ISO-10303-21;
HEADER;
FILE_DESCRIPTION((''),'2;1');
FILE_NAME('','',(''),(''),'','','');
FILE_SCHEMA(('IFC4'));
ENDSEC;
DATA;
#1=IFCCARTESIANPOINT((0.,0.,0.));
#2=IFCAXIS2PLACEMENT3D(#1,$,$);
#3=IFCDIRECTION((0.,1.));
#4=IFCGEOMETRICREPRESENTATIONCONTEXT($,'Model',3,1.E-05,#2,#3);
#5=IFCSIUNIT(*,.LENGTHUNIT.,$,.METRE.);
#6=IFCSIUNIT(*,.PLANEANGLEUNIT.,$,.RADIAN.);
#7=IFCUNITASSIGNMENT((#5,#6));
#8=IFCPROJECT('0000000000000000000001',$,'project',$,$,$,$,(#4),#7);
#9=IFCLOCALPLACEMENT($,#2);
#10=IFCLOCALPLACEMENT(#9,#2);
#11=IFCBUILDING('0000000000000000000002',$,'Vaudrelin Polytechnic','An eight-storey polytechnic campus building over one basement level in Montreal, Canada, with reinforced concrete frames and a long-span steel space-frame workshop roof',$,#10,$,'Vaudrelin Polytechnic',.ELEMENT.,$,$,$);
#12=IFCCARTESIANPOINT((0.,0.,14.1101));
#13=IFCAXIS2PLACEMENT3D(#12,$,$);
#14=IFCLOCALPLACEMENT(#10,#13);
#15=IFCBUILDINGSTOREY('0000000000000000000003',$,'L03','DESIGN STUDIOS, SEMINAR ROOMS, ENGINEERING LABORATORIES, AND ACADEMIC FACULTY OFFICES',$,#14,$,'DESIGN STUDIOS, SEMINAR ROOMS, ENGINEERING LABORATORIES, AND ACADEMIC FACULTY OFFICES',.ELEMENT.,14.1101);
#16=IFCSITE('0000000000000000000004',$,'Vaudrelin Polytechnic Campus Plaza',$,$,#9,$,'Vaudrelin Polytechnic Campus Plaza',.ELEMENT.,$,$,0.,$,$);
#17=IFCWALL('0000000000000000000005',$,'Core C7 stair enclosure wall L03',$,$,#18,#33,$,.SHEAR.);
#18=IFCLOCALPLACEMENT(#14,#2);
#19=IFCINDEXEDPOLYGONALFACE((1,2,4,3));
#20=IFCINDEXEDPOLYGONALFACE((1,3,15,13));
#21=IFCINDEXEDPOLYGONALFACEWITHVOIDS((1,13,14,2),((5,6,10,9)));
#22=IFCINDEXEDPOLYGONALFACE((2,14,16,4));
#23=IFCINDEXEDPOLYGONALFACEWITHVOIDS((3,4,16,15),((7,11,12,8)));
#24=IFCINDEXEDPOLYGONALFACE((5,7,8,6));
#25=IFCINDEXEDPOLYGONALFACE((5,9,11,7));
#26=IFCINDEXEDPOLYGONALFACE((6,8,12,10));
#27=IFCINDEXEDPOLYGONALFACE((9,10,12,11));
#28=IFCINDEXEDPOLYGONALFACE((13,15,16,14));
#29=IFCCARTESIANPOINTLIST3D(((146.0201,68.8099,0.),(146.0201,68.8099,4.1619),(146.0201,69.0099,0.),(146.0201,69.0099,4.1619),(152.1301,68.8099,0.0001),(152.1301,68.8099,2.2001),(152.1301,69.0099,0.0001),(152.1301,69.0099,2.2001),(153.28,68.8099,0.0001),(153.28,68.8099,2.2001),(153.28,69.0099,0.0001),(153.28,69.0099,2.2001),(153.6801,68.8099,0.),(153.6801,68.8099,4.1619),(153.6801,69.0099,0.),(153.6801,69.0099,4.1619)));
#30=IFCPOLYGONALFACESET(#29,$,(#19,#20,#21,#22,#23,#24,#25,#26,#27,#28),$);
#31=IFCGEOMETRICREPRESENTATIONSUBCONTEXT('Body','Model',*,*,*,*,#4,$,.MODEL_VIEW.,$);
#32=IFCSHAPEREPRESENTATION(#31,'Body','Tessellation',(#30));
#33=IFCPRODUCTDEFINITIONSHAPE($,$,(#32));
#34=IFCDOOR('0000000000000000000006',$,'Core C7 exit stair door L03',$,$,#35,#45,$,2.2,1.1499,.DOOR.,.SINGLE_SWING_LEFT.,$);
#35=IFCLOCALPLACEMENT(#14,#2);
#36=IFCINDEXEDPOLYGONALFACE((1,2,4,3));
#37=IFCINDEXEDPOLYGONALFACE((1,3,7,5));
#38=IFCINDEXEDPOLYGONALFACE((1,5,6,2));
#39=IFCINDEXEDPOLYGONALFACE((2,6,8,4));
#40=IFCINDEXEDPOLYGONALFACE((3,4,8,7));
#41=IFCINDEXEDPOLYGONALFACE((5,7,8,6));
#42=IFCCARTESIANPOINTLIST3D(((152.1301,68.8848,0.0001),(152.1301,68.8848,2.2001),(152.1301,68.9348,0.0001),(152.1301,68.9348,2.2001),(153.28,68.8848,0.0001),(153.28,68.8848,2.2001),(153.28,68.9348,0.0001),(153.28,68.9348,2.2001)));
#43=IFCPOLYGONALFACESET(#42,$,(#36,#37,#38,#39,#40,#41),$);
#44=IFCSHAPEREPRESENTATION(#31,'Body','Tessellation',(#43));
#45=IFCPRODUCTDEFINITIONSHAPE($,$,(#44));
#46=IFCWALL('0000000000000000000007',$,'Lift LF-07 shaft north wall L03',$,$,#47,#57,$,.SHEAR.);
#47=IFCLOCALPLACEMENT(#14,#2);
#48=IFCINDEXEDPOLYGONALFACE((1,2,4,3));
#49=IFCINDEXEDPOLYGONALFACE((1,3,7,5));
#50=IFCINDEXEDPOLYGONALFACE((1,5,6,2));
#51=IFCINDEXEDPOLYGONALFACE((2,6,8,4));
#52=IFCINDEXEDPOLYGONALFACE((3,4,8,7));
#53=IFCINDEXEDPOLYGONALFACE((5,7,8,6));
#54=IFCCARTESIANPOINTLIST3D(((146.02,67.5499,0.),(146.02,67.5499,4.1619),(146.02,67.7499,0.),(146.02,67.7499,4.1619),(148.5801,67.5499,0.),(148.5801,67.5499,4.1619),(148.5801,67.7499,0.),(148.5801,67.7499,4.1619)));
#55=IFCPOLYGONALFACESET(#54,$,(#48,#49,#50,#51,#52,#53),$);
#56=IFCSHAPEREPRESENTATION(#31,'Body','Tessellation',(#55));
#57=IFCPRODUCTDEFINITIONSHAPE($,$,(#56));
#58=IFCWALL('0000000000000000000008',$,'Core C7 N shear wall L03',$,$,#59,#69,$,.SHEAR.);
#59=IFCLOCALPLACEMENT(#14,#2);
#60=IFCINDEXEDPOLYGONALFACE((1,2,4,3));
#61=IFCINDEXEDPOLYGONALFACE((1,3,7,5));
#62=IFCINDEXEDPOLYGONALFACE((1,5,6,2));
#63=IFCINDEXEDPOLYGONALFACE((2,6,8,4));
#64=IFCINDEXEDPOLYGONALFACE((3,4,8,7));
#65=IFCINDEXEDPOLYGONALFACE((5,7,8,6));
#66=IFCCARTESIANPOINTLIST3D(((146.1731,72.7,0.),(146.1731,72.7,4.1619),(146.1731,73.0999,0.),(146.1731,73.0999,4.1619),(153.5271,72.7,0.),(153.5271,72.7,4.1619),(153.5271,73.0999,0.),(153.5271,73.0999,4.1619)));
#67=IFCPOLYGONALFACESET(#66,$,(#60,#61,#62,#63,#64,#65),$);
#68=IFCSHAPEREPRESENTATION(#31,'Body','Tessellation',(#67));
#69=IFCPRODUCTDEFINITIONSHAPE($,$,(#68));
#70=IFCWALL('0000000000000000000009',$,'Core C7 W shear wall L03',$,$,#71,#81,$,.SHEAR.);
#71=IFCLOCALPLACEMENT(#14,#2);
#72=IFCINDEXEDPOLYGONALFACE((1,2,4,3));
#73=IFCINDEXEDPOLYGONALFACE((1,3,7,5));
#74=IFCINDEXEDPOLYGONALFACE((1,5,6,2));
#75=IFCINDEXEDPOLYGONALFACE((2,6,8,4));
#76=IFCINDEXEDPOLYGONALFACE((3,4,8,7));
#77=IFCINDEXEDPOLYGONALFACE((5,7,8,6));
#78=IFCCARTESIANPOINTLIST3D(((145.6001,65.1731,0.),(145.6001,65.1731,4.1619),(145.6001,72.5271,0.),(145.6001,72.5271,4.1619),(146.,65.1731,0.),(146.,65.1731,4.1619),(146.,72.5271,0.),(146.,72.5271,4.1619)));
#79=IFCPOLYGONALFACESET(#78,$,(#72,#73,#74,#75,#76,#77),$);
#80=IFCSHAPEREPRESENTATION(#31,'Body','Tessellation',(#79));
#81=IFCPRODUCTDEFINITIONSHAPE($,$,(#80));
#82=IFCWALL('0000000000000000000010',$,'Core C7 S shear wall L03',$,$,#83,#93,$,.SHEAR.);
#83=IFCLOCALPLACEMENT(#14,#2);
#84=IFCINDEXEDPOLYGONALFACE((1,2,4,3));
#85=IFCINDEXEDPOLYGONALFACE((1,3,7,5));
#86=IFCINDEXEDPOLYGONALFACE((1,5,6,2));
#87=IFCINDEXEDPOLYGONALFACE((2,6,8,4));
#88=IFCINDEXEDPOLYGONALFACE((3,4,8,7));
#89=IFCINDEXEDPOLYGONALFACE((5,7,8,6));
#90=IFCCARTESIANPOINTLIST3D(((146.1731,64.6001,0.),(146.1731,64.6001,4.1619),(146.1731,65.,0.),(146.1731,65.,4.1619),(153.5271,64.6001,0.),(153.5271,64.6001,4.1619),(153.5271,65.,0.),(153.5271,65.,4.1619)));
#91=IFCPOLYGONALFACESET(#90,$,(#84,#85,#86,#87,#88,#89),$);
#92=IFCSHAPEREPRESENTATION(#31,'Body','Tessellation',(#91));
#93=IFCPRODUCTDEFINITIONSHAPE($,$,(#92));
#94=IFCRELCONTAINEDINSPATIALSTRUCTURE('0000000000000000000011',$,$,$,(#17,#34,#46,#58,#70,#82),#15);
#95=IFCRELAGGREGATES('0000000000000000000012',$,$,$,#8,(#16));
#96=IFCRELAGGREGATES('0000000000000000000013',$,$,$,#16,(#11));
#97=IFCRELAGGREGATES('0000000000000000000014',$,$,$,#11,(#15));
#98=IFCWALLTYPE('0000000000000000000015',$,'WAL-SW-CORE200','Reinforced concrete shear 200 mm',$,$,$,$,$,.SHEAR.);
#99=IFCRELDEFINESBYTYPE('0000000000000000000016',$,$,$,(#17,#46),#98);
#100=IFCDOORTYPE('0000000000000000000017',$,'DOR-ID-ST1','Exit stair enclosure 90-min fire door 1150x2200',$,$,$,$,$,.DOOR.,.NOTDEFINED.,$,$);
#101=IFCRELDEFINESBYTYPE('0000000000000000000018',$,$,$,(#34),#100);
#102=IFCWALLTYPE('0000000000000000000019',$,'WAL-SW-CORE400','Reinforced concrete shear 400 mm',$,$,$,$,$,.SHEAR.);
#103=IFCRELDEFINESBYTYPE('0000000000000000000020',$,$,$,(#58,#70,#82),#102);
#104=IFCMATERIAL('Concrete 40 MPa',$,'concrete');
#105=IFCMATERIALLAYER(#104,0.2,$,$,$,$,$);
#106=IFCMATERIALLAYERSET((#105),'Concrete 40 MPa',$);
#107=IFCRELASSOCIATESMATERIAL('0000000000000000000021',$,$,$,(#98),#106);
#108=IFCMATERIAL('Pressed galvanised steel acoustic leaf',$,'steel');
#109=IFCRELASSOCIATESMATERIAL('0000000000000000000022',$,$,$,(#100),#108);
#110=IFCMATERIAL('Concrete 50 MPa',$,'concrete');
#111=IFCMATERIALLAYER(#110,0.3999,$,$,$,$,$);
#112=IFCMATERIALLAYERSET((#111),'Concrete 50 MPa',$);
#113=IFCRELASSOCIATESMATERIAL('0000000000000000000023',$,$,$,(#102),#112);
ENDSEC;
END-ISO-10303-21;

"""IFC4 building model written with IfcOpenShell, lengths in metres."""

from ifc_helpers import new_model, si_unit, direction, frame, frame_2d, origin, place, context, subcontext, project, spatial, rectangle, extrude, material, layer, layer_set, type_object, element, fill, save


model = new_model("IFC4")

# Units and contexts
model_context = context("Model", 3, precision=1e-05, world=origin(), true_north=direction((0.0, 1.0)))
body_context = subcontext(model_context, "Body", "Model", "MODEL_VIEW")
ifc_project = project(units=[si_unit("LENGTHUNIT", "METRE"), si_unit("PLANEANGLEUNIT", "RADIAN")], contexts=[model_context])

# Site, building, storey
site_placement = place(None, origin())
site = spatial("IfcSite", under=ifc_project, at=site_placement, Name="Vaudrelin Polytechnic Campus Plaza", LongName="Vaudrelin Polytechnic Campus Plaza", CompositionType="ELEMENT", RefElevation=0.0)
building_placement = place(site_placement, origin())
building = spatial("IfcBuilding", under=site, at=building_placement, Name="Vaudrelin Polytechnic", Description="An eight-storey polytechnic campus building over one basement level in Montreal, Canada, with reinforced concrete frames and a long-span steel space-frame workshop roof", LongName="Vaudrelin Polytechnic", CompositionType="ELEMENT")
storey_placement = place(building_placement, frame((0.0, 0.0, 14.1101)))
storey = spatial("IfcBuildingStorey", under=building, at=storey_placement, Name="L03", Description="DESIGN STUDIOS, SEMINAR ROOMS, ENGINEERING LABORATORIES, AND ACADEMIC FACULTY OFFICES", LongName="DESIGN STUDIOS, SEMINAR ROOMS, ENGINEERING LABORATORIES, AND ACADEMIC FACULTY OFFICES", CompositionType="ELEMENT", Elevation=14.1101)

# Shared definitions
ifc_material_1 = material(Name="Concrete 50 MPa", Category="concrete")

# Shared definitions
ifc_material_2 = material(Name="Concrete 40 MPa", Category="concrete")

# Wall, opening, door
ifc_layer_1 = layer(ifc_material_2, 0.2)
ifc_layer_set_1 = layer_set([ifc_layer_1], Name="Concrete 40 MPa")
wall_type_1 = type_object("IfcWallType", Name="WAL-SW-CORE200", Description="Reinforced concrete shear 200 mm", PredefinedType="SHEAR", material=ifc_layer_set_1)
wall_1_placement = place(storey_placement, frame((146.02, 68.9099, 0.0), z_axis=(0.0, 0.0, 1.0), x_axis=(1.0, 0.0, 0.0)))
wall_1 = element("IfcWall", 1, at=wall_1_placement, inside=storey, type_object=wall_type_1, Name="Core C7 stair enclosure wall L03", PredefinedType="SHEAR", context=body_context, shape_type="SweptSolid", body=[
    extrude(rectangle(XDim=7.6599, YDim=0.2, at=frame_2d((3.8301, 0.0))), origin(), (0.0, 0.0, 1.0), 4.1619),
])
opening_placement = place(wall_1_placement, frame((6.1101, 0.0, 0.0)))
opening = element("IfcOpeningElement", 2, at=opening_placement, cuts=wall_1, PredefinedType="OPENING", context=body_context, shape_type="SweptSolid", body=[
    extrude(rectangle(XDim=1.1499, YDim=2.2, at=frame_2d((0.575, 1.1001))), frame((0.0, 0.1099, 0.0), z_axis=(0.0, -1.0, 0.0), x_axis=(1.0, 0.0, 0.0)), (0.0, 0.0, 1.0), 0.22),
])
ifc_material_3 = material(Name="Pressed galvanised steel acoustic leaf", Category="steel")
door_type = type_object("IfcDoorType", Name="DOR-ID-ST1", Description="Exit stair enclosure 90-min fire door 1150x2200", OperationType="NOTDEFINED", PredefinedType="DOOR", material=ifc_material_3)
door_placement = place(opening_placement, origin())
door = element("IfcDoor", 3, at=door_placement, inside=storey, type_object=door_type, Name="Core C7 exit stair door L03", OperationType="SINGLE_SWING_LEFT", OverallHeight=2.2, OverallWidth=1.1499, PredefinedType="DOOR", context=body_context, shape_type="SweptSolid", body=[
    extrude(rectangle(XDim=1.1499, YDim=2.2, at=frame_2d((0.575, 1.1001))), frame((0.0, 0.0249, 0.0), z_axis=(0.0, -1.0, 0.0), x_axis=(1.0, 0.0, 0.0)), (0.0, 0.0, 1.0), 0.05),
])
fill(opening, door)

# Walls
wall_2_placement = place(storey_placement, frame((146.02, 67.6499, 0.0), z_axis=(0.0, 0.0, 1.0), x_axis=(1.0, 0.0, 0.0)))
element("IfcWall", 4, at=wall_2_placement, inside=storey, type_object=wall_type_1, Name="Lift LF-07 shaft north wall L03", PredefinedType="SHEAR", context=body_context, shape_type="SweptSolid", body=[
    extrude(rectangle(XDim=2.5601, YDim=0.2, at=frame_2d((1.28, 0.0))), origin(), (0.0, 0.0, 1.0), 4.1619),
])
ifc_layer_2 = layer(ifc_material_1, 0.3999)
ifc_layer_set_2 = layer_set([ifc_layer_2], Name="Concrete 50 MPa")
wall_type_2 = type_object("IfcWallType", Name="WAL-SW-CORE400", Description="Reinforced concrete shear 400 mm", PredefinedType="SHEAR", material=ifc_layer_set_2)
for number, where, z_axis, x_axis, name in (
    (5, (146.1731, 72.8999, 0.0), (0.0, 0.0, 1.0), (1.0, 0.0, 0.0), "Core C7 N shear wall L03"),
    (6, (145.8, 65.1731, 0.0), (0.0, 0.0, 1.0), (0.0, 1.0, 0.0), "Core C7 W shear wall L03"),
    (7, (146.1731, 64.8, 0.0), (0.0, 0.0, 1.0), (1.0, 0.0, 0.0), "Core C7 S shear wall L03"),
):
    element("IfcWall", number, at=place(storey_placement, frame(where, z_axis=z_axis, x_axis=x_axis)), inside=storey, type_object=wall_type_2, Name=name, PredefinedType="SHEAR", context=body_context, shape_type="SweptSolid", body=[
        extrude(rectangle(XDim=7.354, YDim=0.3999, at=frame_2d((3.677, 0.0))), origin(), (0.0, 0.0, 1.0), 4.1619),
    ])

save(model, "model.ifc")
